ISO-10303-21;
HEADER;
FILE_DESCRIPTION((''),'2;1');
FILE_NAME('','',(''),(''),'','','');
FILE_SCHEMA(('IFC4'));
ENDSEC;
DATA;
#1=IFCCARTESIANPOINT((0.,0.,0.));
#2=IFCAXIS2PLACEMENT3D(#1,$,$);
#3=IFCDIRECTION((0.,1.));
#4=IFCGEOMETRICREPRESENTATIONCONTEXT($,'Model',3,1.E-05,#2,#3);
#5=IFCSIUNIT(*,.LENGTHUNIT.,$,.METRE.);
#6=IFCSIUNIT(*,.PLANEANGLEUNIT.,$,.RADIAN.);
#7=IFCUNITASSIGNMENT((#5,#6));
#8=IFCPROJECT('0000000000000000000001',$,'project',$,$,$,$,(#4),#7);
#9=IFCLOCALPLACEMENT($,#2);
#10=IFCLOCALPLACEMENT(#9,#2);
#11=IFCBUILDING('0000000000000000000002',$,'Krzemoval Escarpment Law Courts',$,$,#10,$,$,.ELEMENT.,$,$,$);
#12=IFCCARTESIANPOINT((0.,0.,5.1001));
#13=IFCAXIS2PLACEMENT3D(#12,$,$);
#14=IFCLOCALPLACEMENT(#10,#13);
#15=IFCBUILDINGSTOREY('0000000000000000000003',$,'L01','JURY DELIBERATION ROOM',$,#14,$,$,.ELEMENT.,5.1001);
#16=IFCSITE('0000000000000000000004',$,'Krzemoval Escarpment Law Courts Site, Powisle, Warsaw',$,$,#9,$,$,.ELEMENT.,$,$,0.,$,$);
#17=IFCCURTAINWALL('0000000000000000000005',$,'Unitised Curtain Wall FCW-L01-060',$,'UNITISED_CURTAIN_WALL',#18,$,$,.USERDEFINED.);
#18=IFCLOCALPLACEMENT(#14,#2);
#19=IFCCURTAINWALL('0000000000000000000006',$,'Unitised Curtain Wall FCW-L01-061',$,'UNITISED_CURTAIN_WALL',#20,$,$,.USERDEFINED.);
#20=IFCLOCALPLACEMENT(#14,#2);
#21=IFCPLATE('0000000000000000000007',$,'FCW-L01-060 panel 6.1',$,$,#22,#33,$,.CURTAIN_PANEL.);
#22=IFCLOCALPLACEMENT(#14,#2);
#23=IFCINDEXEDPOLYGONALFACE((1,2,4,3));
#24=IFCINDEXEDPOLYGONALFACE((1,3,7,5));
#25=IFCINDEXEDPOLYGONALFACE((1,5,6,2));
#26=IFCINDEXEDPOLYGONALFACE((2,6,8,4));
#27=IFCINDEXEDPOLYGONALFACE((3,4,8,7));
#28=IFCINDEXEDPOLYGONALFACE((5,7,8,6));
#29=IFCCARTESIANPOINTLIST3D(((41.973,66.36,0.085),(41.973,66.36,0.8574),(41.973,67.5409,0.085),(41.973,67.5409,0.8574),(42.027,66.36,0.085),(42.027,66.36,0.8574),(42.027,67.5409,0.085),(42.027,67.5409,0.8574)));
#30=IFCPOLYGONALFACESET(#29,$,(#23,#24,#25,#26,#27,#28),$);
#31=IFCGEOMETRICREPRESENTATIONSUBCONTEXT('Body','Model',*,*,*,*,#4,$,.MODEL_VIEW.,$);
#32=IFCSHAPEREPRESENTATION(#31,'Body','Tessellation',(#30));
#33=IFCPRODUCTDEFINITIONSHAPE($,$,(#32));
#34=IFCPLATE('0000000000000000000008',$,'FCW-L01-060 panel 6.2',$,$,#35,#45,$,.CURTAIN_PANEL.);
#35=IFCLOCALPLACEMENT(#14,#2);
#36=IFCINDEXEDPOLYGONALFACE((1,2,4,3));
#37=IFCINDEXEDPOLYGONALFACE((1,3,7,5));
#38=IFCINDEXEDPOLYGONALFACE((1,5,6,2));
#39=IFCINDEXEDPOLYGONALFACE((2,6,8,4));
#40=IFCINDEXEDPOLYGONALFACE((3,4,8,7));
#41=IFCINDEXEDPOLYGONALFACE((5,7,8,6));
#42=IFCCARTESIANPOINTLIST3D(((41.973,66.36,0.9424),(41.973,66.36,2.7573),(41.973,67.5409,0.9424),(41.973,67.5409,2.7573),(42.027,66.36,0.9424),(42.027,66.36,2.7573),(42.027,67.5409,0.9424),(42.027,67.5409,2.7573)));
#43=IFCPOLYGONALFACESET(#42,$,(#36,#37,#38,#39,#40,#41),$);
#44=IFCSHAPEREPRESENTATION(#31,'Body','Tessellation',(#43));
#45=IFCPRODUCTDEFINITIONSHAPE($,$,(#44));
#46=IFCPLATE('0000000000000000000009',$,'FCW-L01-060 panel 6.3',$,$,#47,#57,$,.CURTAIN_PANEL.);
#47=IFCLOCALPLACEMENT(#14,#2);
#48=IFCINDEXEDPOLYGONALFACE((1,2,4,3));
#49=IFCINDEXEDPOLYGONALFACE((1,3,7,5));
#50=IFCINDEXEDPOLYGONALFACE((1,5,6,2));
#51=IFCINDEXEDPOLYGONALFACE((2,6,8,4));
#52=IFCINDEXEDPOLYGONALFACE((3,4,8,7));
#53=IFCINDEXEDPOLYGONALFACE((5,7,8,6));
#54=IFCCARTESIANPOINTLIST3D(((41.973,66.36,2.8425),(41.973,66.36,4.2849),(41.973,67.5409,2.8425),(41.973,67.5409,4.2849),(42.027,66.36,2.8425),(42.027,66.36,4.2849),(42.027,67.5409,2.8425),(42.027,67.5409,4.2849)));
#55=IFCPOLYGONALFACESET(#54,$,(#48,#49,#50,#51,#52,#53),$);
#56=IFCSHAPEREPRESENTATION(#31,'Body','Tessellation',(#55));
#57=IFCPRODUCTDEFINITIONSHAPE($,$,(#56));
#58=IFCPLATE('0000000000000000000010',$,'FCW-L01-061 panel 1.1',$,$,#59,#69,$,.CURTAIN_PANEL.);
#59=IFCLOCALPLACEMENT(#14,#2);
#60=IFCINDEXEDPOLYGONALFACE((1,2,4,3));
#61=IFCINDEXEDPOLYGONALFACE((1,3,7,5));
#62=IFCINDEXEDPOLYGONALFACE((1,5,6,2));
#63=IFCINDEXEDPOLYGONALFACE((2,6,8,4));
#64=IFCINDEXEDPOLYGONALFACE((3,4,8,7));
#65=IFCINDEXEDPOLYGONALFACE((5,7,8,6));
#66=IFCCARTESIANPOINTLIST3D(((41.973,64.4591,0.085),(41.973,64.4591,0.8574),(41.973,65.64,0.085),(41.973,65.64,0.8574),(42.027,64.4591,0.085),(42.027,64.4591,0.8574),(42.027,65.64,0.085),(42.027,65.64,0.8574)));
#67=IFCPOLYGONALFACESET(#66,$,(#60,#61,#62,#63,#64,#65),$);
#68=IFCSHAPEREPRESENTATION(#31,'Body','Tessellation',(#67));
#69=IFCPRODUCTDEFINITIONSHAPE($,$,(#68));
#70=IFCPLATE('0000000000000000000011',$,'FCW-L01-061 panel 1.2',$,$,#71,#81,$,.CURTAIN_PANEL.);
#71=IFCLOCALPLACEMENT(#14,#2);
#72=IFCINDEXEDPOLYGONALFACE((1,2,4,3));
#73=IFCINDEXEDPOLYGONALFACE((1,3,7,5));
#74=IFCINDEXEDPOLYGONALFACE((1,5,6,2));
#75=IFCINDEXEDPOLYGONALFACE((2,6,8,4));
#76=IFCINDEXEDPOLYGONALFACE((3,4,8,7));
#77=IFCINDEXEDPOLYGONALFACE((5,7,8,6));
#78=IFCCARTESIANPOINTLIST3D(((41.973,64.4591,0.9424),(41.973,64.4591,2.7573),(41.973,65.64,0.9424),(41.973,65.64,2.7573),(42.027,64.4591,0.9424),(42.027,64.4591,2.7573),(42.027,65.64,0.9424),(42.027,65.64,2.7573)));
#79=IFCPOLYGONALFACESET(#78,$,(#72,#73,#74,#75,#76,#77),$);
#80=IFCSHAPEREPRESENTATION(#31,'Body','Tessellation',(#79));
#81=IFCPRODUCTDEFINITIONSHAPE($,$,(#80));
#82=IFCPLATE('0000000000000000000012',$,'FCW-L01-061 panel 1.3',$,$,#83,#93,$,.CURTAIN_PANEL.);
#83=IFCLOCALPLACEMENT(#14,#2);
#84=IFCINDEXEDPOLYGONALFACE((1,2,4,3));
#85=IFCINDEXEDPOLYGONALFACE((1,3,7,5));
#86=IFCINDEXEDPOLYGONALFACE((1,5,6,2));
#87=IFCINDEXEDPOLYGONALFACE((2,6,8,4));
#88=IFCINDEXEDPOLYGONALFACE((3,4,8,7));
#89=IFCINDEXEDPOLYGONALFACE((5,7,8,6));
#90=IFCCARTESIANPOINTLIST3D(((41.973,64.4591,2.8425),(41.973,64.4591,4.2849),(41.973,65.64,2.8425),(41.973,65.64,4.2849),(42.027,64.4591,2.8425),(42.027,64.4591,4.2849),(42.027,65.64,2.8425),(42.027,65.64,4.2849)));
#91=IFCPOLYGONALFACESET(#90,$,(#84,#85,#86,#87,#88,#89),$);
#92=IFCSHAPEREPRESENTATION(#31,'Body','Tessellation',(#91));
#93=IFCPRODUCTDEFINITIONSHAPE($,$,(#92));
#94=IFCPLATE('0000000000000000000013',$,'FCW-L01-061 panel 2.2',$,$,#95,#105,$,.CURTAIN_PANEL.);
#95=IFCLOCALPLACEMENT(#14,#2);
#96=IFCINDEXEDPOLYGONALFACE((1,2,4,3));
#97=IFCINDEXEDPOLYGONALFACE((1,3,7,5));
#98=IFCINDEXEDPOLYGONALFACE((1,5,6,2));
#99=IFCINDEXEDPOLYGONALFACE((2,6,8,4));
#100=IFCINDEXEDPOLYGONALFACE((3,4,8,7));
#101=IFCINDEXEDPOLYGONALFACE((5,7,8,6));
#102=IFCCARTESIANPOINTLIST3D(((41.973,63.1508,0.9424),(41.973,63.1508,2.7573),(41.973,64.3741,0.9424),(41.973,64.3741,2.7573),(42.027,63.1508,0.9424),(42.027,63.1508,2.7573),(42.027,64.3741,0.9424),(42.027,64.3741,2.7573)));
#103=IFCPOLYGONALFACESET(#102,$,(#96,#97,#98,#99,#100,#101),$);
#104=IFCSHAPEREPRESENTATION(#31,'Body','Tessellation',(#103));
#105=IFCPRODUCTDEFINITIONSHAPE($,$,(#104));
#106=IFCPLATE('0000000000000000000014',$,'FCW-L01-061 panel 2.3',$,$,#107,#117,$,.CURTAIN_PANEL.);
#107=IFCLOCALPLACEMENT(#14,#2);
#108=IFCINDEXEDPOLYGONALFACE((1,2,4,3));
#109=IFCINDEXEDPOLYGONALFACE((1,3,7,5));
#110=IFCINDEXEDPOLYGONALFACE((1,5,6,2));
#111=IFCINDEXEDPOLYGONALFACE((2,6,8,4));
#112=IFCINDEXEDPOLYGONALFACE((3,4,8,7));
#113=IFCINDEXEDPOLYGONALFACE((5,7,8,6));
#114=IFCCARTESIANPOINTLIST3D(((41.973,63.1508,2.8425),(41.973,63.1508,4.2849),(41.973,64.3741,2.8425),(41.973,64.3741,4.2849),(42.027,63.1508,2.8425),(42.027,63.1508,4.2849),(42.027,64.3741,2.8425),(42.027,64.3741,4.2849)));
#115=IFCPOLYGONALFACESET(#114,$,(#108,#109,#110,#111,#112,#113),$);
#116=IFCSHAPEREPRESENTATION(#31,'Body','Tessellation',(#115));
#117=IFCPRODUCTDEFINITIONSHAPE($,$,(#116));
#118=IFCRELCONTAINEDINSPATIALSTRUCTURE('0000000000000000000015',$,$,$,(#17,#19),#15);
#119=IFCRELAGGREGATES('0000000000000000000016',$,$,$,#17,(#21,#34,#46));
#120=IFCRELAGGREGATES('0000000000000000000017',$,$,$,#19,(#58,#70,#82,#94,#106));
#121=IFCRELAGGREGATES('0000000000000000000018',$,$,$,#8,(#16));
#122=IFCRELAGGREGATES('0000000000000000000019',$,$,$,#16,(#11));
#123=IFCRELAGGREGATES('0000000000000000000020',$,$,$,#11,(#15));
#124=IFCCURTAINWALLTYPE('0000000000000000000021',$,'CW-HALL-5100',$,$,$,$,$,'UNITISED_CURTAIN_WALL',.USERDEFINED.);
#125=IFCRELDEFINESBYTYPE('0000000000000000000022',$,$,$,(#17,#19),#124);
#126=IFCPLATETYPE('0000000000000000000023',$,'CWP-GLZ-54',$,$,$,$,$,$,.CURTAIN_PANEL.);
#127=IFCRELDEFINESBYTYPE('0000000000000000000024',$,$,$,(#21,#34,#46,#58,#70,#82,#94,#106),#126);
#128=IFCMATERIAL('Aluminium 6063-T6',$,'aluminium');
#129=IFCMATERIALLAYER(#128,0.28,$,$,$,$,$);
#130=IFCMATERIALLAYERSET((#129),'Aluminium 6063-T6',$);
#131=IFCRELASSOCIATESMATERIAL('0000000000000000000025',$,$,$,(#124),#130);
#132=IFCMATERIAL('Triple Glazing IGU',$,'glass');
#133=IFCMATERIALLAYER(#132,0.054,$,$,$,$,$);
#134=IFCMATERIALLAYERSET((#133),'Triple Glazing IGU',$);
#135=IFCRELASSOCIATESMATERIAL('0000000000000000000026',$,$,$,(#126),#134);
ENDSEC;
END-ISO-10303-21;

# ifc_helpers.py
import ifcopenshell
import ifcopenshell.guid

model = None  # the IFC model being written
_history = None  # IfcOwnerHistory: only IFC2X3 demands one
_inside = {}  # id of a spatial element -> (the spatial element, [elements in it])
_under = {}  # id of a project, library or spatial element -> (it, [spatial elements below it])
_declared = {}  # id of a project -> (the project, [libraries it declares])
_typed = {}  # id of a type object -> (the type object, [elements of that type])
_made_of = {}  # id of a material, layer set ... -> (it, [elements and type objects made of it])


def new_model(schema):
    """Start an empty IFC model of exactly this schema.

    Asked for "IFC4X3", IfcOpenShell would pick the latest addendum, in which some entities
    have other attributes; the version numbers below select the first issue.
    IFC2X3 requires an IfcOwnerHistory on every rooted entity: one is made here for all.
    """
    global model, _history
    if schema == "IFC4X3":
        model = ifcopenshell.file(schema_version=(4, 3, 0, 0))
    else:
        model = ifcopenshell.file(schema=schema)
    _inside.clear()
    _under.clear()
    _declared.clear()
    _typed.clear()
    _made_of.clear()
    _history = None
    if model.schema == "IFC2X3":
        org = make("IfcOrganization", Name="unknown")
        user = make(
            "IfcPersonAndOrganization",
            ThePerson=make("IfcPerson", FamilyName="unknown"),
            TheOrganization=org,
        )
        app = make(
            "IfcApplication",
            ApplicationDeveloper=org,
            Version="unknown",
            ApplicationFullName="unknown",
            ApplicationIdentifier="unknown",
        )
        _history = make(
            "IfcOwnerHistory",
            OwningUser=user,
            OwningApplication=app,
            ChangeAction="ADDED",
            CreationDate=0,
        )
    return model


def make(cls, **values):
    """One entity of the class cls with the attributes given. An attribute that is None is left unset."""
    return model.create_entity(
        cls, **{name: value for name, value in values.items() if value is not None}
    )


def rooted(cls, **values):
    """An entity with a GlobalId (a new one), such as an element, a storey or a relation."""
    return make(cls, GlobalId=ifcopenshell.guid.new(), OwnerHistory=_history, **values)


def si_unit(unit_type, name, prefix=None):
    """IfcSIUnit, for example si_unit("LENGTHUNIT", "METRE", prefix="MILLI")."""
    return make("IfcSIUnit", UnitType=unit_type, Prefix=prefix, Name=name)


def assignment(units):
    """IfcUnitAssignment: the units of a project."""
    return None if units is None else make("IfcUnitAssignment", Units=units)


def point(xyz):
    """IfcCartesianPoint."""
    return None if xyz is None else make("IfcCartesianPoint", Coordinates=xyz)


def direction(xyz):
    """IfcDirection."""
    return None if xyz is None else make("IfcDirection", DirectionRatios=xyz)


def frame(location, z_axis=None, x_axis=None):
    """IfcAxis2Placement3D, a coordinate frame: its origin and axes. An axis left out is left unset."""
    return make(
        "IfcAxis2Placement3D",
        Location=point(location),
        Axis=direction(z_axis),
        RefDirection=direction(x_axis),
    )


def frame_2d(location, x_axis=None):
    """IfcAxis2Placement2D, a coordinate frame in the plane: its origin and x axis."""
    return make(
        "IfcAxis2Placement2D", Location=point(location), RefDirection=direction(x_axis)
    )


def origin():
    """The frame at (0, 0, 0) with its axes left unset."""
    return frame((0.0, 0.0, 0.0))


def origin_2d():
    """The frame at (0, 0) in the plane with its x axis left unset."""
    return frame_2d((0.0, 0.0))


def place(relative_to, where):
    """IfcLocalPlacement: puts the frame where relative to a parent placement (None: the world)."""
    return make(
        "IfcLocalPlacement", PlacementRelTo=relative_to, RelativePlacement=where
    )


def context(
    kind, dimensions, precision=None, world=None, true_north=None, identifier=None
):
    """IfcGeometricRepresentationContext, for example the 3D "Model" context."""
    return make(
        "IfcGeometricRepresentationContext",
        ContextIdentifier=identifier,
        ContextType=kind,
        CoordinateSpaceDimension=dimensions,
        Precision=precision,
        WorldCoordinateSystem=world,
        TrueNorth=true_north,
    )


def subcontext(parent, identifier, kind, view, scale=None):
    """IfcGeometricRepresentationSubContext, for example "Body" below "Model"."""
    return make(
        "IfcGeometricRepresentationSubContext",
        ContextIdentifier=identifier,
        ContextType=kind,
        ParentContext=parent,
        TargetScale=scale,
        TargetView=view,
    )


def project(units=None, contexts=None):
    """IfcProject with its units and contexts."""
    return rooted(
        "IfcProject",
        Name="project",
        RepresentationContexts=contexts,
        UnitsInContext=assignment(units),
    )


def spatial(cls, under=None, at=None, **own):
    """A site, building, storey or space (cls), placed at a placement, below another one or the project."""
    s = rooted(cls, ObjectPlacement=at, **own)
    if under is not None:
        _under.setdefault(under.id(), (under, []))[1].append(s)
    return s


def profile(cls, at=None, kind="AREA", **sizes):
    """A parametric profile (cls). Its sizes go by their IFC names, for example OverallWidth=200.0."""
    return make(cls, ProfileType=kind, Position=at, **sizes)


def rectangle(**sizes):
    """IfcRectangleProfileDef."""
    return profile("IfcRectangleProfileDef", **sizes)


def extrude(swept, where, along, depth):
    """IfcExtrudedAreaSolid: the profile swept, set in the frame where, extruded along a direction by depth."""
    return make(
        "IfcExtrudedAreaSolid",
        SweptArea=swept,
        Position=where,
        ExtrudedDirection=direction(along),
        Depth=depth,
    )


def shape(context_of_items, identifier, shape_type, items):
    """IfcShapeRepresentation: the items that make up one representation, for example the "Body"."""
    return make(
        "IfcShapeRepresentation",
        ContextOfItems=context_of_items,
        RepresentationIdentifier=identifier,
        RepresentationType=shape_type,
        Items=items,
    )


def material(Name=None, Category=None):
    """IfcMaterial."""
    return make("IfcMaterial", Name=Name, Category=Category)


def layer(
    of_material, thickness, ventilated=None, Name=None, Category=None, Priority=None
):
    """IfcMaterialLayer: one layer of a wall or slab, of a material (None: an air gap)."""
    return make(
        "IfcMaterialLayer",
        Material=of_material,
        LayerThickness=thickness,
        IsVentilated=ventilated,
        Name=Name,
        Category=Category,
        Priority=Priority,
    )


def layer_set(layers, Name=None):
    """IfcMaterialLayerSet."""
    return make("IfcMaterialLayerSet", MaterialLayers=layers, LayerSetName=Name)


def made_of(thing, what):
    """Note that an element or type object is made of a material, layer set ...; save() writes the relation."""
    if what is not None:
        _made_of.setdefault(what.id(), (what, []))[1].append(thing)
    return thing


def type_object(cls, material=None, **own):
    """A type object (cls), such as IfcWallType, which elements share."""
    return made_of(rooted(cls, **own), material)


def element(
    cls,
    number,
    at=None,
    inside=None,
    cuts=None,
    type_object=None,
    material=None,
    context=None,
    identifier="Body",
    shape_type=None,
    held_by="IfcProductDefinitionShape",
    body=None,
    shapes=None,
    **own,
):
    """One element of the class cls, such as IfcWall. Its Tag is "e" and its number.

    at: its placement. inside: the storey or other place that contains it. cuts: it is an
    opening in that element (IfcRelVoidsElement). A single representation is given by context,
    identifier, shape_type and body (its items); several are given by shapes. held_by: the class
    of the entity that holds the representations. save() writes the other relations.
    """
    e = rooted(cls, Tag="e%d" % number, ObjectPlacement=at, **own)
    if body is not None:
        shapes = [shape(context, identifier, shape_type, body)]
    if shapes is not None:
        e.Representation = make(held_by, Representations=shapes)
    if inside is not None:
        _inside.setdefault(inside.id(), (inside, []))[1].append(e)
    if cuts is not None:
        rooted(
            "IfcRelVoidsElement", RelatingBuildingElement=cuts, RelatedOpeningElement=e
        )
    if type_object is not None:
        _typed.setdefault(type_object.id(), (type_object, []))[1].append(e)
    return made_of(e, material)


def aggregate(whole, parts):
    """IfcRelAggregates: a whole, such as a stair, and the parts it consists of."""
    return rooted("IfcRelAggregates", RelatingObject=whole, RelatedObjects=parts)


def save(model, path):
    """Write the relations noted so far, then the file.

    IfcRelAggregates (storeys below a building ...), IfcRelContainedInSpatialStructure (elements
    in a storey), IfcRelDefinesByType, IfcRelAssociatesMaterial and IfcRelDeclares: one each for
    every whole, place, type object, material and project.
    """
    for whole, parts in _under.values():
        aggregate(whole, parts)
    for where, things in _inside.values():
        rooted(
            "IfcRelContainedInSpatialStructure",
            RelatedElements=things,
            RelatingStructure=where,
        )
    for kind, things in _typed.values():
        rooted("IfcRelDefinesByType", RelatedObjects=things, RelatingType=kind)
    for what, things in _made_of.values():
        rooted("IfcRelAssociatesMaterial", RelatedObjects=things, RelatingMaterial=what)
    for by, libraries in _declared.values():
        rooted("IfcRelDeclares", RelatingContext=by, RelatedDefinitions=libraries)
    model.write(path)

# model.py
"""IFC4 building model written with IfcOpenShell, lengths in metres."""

from ifc_helpers import new_model, si_unit, direction, frame, origin, origin_2d, place, context, subcontext, project, spatial, rectangle, extrude, material, layer, layer_set, type_object, element, aggregate, save


model = new_model("IFC4")

# Units and contexts
model_context = context("Model", 3, precision=1e-05, world=origin(), true_north=direction((0.0, 1.0)))
body_context = subcontext(model_context, "Body", "Model", "MODEL_VIEW")
ifc_project = project(units=[si_unit("LENGTHUNIT", "METRE"), si_unit("PLANEANGLEUNIT", "RADIAN")], contexts=[model_context])

# Site, building, storey
site_placement = place(None, origin())
site = spatial("IfcSite", under=ifc_project, at=site_placement, Name="Krzemoval Escarpment Law Courts Site, Powisle, Warsaw", CompositionType="ELEMENT", RefElevation=0.0)
building_placement = place(site_placement, origin())
building = spatial("IfcBuilding", under=site, at=building_placement, Name="Krzemoval Escarpment Law Courts", CompositionType="ELEMENT")
storey_placement = place(building_placement, frame((0.0, 0.0, 5.1001)))
storey = spatial("IfcBuildingStorey", under=building, at=storey_placement, Name="L01", Description="JURY DELIBERATION ROOM", CompositionType="ELEMENT", Elevation=5.1001)

# Curtain wall
ifc_material_1 = material(Name="Aluminium 6063-T6", Category="aluminium")
ifc_layer_1 = layer(ifc_material_1, 0.28)
ifc_layer_set_1 = layer_set([ifc_layer_1], Name="Aluminium 6063-T6")
curtain_wall_type = type_object("IfcCurtainWallType", Name="CW-HALL-5100", ElementType="UNITISED_CURTAIN_WALL", PredefinedType="USERDEFINED", material=ifc_layer_set_1)
curtain_wall_1_placement = place(storey_placement, origin())
curtain_wall_1 = element("IfcCurtainWall", 1, at=curtain_wall_1_placement, inside=storey, type_object=curtain_wall_type, Name="Unitised Curtain Wall FCW-L01-060", ObjectType="UNITISED_CURTAIN_WALL", PredefinedType="USERDEFINED")

# Curtain wall
curtain_wall_2_placement = place(storey_placement, origin())
curtain_wall_2 = element("IfcCurtainWall", 2, at=curtain_wall_2_placement, inside=storey, type_object=curtain_wall_type, Name="Unitised Curtain Wall FCW-L01-061", ObjectType="UNITISED_CURTAIN_WALL", PredefinedType="USERDEFINED")

# Plates
ifc_material_2 = material(Name="Triple Glazing IGU", Category="glass")
ifc_layer_2 = layer(ifc_material_2, 0.054)
ifc_layer_set_2 = layer_set([ifc_layer_2], Name="Triple Glazing IGU")
plate_type = type_object("IfcPlateType", Name="CWP-GLZ-54", PredefinedType="CURTAIN_PANEL", material=ifc_layer_set_2)
plate_1_placement = place(storey_placement, frame((42.0, 66.9504, 0.085), z_axis=(0.0, 0.0, 1.0), x_axis=(0.0, -1.0, 0.0)))
plate_1 = element("IfcPlate", 3, at=plate_1_placement, type_object=plate_type, Name="FCW-L01-060 panel 6.1", PredefinedType="CURTAIN_PANEL", context=body_context, shape_type="SweptSolid", body=[
    extrude(rectangle(XDim=1.1809, YDim=0.054, at=origin_2d()), origin(), (0.0, 0.0, 1.0), 0.7725),
])
plate_2_placement = place(storey_placement, frame((42.0, 66.9504, 0.9424), z_axis=(0.0, 0.0, 1.0), x_axis=(0.0, -1.0, 0.0)))
plate_2 = element("IfcPlate", 4, at=plate_2_placement, type_object=plate_type, Name="FCW-L01-060 panel 6.2", PredefinedType="CURTAIN_PANEL", context=body_context, shape_type="SweptSolid", body=[
    extrude(rectangle(XDim=1.1809, YDim=0.054, at=origin_2d()), origin(), (0.0, 0.0, 1.0), 1.8149),
])
plate_3_placement = place(storey_placement, frame((42.0, 66.9504, 2.8425), z_axis=(0.0, 0.0, 1.0), x_axis=(0.0, -1.0, 0.0)))
plate_3 = element("IfcPlate", 5, at=plate_3_placement, type_object=plate_type, Name="FCW-L01-060 panel 6.3", PredefinedType="CURTAIN_PANEL", context=body_context, shape_type="SweptSolid", body=[
    extrude(rectangle(XDim=1.1809, YDim=0.054, at=origin_2d()), origin(), (0.0, 0.0, 1.0), 1.4424),
])
aggregate(curtain_wall_1, [plate_1, plate_2, plate_3])
plate_4_placement = place(storey_placement, frame((42.0, 65.0496, 0.085), z_axis=(0.0, 0.0, 1.0), x_axis=(0.0, -1.0, 0.0)))
plate_4 = element("IfcPlate", 6, at=plate_4_placement, type_object=plate_type, Name="FCW-L01-061 panel 1.1", PredefinedType="CURTAIN_PANEL", context=body_context, shape_type="SweptSolid", body=[
    extrude(rectangle(XDim=1.1809, YDim=0.054, at=origin_2d()), origin(), (0.0, 0.0, 1.0), 0.7725),
])
plate_5_placement = place(storey_placement, frame((42.0, 65.0496, 0.9424), z_axis=(0.0, 0.0, 1.0), x_axis=(0.0, -1.0, 0.0)))
plate_5 = element("IfcPlate", 7, at=plate_5_placement, type_object=plate_type, Name="FCW-L01-061 panel 1.2", PredefinedType="CURTAIN_PANEL", context=body_context, shape_type="SweptSolid", body=[
    extrude(rectangle(XDim=1.1809, YDim=0.054, at=origin_2d()), origin(), (0.0, 0.0, 1.0), 1.8149),
])
plate_6_placement = place(storey_placement, frame((42.0, 65.0496, 2.8425), z_axis=(0.0, 0.0, 1.0), x_axis=(0.0, -1.0, 0.0)))
plate_6 = element("IfcPlate", 8, at=plate_6_placement, type_object=plate_type, Name="FCW-L01-061 panel 1.3", PredefinedType="CURTAIN_PANEL", context=body_context, shape_type="SweptSolid", body=[
    extrude(rectangle(XDim=1.1809, YDim=0.054, at=origin_2d()), origin(), (0.0, 0.0, 1.0), 1.4424),
])
plate_7_placement = place(storey_placement, frame((42.0, 63.7625, 0.9424), z_axis=(0.0, 0.0, 1.0), x_axis=(0.0, -1.0, 0.0)))
plate_7 = element("IfcPlate", 9, at=plate_7_placement, type_object=plate_type, Name="FCW-L01-061 panel 2.2", PredefinedType="CURTAIN_PANEL", context=body_context, shape_type="SweptSolid", body=[
    extrude(rectangle(XDim=1.2234, YDim=0.054, at=origin_2d()), origin(), (0.0, 0.0, 1.0), 1.8149),
])
plate_8_placement = place(storey_placement, frame((42.0, 63.7625, 2.8425), z_axis=(0.0, 0.0, 1.0), x_axis=(0.0, -1.0, 0.0)))
plate_8 = element("IfcPlate", 10, at=plate_8_placement, type_object=plate_type, Name="FCW-L01-061 panel 2.3", PredefinedType="CURTAIN_PANEL", context=body_context, shape_type="SweptSolid", body=[
    extrude(rectangle(XDim=1.2234, YDim=0.054, at=origin_2d()), origin(), (0.0, 0.0, 1.0), 1.4424),
])
aggregate(curtain_wall_2, [plate_4, plate_5, plate_6, plate_7, plate_8])

save(model, "model.ifc")
